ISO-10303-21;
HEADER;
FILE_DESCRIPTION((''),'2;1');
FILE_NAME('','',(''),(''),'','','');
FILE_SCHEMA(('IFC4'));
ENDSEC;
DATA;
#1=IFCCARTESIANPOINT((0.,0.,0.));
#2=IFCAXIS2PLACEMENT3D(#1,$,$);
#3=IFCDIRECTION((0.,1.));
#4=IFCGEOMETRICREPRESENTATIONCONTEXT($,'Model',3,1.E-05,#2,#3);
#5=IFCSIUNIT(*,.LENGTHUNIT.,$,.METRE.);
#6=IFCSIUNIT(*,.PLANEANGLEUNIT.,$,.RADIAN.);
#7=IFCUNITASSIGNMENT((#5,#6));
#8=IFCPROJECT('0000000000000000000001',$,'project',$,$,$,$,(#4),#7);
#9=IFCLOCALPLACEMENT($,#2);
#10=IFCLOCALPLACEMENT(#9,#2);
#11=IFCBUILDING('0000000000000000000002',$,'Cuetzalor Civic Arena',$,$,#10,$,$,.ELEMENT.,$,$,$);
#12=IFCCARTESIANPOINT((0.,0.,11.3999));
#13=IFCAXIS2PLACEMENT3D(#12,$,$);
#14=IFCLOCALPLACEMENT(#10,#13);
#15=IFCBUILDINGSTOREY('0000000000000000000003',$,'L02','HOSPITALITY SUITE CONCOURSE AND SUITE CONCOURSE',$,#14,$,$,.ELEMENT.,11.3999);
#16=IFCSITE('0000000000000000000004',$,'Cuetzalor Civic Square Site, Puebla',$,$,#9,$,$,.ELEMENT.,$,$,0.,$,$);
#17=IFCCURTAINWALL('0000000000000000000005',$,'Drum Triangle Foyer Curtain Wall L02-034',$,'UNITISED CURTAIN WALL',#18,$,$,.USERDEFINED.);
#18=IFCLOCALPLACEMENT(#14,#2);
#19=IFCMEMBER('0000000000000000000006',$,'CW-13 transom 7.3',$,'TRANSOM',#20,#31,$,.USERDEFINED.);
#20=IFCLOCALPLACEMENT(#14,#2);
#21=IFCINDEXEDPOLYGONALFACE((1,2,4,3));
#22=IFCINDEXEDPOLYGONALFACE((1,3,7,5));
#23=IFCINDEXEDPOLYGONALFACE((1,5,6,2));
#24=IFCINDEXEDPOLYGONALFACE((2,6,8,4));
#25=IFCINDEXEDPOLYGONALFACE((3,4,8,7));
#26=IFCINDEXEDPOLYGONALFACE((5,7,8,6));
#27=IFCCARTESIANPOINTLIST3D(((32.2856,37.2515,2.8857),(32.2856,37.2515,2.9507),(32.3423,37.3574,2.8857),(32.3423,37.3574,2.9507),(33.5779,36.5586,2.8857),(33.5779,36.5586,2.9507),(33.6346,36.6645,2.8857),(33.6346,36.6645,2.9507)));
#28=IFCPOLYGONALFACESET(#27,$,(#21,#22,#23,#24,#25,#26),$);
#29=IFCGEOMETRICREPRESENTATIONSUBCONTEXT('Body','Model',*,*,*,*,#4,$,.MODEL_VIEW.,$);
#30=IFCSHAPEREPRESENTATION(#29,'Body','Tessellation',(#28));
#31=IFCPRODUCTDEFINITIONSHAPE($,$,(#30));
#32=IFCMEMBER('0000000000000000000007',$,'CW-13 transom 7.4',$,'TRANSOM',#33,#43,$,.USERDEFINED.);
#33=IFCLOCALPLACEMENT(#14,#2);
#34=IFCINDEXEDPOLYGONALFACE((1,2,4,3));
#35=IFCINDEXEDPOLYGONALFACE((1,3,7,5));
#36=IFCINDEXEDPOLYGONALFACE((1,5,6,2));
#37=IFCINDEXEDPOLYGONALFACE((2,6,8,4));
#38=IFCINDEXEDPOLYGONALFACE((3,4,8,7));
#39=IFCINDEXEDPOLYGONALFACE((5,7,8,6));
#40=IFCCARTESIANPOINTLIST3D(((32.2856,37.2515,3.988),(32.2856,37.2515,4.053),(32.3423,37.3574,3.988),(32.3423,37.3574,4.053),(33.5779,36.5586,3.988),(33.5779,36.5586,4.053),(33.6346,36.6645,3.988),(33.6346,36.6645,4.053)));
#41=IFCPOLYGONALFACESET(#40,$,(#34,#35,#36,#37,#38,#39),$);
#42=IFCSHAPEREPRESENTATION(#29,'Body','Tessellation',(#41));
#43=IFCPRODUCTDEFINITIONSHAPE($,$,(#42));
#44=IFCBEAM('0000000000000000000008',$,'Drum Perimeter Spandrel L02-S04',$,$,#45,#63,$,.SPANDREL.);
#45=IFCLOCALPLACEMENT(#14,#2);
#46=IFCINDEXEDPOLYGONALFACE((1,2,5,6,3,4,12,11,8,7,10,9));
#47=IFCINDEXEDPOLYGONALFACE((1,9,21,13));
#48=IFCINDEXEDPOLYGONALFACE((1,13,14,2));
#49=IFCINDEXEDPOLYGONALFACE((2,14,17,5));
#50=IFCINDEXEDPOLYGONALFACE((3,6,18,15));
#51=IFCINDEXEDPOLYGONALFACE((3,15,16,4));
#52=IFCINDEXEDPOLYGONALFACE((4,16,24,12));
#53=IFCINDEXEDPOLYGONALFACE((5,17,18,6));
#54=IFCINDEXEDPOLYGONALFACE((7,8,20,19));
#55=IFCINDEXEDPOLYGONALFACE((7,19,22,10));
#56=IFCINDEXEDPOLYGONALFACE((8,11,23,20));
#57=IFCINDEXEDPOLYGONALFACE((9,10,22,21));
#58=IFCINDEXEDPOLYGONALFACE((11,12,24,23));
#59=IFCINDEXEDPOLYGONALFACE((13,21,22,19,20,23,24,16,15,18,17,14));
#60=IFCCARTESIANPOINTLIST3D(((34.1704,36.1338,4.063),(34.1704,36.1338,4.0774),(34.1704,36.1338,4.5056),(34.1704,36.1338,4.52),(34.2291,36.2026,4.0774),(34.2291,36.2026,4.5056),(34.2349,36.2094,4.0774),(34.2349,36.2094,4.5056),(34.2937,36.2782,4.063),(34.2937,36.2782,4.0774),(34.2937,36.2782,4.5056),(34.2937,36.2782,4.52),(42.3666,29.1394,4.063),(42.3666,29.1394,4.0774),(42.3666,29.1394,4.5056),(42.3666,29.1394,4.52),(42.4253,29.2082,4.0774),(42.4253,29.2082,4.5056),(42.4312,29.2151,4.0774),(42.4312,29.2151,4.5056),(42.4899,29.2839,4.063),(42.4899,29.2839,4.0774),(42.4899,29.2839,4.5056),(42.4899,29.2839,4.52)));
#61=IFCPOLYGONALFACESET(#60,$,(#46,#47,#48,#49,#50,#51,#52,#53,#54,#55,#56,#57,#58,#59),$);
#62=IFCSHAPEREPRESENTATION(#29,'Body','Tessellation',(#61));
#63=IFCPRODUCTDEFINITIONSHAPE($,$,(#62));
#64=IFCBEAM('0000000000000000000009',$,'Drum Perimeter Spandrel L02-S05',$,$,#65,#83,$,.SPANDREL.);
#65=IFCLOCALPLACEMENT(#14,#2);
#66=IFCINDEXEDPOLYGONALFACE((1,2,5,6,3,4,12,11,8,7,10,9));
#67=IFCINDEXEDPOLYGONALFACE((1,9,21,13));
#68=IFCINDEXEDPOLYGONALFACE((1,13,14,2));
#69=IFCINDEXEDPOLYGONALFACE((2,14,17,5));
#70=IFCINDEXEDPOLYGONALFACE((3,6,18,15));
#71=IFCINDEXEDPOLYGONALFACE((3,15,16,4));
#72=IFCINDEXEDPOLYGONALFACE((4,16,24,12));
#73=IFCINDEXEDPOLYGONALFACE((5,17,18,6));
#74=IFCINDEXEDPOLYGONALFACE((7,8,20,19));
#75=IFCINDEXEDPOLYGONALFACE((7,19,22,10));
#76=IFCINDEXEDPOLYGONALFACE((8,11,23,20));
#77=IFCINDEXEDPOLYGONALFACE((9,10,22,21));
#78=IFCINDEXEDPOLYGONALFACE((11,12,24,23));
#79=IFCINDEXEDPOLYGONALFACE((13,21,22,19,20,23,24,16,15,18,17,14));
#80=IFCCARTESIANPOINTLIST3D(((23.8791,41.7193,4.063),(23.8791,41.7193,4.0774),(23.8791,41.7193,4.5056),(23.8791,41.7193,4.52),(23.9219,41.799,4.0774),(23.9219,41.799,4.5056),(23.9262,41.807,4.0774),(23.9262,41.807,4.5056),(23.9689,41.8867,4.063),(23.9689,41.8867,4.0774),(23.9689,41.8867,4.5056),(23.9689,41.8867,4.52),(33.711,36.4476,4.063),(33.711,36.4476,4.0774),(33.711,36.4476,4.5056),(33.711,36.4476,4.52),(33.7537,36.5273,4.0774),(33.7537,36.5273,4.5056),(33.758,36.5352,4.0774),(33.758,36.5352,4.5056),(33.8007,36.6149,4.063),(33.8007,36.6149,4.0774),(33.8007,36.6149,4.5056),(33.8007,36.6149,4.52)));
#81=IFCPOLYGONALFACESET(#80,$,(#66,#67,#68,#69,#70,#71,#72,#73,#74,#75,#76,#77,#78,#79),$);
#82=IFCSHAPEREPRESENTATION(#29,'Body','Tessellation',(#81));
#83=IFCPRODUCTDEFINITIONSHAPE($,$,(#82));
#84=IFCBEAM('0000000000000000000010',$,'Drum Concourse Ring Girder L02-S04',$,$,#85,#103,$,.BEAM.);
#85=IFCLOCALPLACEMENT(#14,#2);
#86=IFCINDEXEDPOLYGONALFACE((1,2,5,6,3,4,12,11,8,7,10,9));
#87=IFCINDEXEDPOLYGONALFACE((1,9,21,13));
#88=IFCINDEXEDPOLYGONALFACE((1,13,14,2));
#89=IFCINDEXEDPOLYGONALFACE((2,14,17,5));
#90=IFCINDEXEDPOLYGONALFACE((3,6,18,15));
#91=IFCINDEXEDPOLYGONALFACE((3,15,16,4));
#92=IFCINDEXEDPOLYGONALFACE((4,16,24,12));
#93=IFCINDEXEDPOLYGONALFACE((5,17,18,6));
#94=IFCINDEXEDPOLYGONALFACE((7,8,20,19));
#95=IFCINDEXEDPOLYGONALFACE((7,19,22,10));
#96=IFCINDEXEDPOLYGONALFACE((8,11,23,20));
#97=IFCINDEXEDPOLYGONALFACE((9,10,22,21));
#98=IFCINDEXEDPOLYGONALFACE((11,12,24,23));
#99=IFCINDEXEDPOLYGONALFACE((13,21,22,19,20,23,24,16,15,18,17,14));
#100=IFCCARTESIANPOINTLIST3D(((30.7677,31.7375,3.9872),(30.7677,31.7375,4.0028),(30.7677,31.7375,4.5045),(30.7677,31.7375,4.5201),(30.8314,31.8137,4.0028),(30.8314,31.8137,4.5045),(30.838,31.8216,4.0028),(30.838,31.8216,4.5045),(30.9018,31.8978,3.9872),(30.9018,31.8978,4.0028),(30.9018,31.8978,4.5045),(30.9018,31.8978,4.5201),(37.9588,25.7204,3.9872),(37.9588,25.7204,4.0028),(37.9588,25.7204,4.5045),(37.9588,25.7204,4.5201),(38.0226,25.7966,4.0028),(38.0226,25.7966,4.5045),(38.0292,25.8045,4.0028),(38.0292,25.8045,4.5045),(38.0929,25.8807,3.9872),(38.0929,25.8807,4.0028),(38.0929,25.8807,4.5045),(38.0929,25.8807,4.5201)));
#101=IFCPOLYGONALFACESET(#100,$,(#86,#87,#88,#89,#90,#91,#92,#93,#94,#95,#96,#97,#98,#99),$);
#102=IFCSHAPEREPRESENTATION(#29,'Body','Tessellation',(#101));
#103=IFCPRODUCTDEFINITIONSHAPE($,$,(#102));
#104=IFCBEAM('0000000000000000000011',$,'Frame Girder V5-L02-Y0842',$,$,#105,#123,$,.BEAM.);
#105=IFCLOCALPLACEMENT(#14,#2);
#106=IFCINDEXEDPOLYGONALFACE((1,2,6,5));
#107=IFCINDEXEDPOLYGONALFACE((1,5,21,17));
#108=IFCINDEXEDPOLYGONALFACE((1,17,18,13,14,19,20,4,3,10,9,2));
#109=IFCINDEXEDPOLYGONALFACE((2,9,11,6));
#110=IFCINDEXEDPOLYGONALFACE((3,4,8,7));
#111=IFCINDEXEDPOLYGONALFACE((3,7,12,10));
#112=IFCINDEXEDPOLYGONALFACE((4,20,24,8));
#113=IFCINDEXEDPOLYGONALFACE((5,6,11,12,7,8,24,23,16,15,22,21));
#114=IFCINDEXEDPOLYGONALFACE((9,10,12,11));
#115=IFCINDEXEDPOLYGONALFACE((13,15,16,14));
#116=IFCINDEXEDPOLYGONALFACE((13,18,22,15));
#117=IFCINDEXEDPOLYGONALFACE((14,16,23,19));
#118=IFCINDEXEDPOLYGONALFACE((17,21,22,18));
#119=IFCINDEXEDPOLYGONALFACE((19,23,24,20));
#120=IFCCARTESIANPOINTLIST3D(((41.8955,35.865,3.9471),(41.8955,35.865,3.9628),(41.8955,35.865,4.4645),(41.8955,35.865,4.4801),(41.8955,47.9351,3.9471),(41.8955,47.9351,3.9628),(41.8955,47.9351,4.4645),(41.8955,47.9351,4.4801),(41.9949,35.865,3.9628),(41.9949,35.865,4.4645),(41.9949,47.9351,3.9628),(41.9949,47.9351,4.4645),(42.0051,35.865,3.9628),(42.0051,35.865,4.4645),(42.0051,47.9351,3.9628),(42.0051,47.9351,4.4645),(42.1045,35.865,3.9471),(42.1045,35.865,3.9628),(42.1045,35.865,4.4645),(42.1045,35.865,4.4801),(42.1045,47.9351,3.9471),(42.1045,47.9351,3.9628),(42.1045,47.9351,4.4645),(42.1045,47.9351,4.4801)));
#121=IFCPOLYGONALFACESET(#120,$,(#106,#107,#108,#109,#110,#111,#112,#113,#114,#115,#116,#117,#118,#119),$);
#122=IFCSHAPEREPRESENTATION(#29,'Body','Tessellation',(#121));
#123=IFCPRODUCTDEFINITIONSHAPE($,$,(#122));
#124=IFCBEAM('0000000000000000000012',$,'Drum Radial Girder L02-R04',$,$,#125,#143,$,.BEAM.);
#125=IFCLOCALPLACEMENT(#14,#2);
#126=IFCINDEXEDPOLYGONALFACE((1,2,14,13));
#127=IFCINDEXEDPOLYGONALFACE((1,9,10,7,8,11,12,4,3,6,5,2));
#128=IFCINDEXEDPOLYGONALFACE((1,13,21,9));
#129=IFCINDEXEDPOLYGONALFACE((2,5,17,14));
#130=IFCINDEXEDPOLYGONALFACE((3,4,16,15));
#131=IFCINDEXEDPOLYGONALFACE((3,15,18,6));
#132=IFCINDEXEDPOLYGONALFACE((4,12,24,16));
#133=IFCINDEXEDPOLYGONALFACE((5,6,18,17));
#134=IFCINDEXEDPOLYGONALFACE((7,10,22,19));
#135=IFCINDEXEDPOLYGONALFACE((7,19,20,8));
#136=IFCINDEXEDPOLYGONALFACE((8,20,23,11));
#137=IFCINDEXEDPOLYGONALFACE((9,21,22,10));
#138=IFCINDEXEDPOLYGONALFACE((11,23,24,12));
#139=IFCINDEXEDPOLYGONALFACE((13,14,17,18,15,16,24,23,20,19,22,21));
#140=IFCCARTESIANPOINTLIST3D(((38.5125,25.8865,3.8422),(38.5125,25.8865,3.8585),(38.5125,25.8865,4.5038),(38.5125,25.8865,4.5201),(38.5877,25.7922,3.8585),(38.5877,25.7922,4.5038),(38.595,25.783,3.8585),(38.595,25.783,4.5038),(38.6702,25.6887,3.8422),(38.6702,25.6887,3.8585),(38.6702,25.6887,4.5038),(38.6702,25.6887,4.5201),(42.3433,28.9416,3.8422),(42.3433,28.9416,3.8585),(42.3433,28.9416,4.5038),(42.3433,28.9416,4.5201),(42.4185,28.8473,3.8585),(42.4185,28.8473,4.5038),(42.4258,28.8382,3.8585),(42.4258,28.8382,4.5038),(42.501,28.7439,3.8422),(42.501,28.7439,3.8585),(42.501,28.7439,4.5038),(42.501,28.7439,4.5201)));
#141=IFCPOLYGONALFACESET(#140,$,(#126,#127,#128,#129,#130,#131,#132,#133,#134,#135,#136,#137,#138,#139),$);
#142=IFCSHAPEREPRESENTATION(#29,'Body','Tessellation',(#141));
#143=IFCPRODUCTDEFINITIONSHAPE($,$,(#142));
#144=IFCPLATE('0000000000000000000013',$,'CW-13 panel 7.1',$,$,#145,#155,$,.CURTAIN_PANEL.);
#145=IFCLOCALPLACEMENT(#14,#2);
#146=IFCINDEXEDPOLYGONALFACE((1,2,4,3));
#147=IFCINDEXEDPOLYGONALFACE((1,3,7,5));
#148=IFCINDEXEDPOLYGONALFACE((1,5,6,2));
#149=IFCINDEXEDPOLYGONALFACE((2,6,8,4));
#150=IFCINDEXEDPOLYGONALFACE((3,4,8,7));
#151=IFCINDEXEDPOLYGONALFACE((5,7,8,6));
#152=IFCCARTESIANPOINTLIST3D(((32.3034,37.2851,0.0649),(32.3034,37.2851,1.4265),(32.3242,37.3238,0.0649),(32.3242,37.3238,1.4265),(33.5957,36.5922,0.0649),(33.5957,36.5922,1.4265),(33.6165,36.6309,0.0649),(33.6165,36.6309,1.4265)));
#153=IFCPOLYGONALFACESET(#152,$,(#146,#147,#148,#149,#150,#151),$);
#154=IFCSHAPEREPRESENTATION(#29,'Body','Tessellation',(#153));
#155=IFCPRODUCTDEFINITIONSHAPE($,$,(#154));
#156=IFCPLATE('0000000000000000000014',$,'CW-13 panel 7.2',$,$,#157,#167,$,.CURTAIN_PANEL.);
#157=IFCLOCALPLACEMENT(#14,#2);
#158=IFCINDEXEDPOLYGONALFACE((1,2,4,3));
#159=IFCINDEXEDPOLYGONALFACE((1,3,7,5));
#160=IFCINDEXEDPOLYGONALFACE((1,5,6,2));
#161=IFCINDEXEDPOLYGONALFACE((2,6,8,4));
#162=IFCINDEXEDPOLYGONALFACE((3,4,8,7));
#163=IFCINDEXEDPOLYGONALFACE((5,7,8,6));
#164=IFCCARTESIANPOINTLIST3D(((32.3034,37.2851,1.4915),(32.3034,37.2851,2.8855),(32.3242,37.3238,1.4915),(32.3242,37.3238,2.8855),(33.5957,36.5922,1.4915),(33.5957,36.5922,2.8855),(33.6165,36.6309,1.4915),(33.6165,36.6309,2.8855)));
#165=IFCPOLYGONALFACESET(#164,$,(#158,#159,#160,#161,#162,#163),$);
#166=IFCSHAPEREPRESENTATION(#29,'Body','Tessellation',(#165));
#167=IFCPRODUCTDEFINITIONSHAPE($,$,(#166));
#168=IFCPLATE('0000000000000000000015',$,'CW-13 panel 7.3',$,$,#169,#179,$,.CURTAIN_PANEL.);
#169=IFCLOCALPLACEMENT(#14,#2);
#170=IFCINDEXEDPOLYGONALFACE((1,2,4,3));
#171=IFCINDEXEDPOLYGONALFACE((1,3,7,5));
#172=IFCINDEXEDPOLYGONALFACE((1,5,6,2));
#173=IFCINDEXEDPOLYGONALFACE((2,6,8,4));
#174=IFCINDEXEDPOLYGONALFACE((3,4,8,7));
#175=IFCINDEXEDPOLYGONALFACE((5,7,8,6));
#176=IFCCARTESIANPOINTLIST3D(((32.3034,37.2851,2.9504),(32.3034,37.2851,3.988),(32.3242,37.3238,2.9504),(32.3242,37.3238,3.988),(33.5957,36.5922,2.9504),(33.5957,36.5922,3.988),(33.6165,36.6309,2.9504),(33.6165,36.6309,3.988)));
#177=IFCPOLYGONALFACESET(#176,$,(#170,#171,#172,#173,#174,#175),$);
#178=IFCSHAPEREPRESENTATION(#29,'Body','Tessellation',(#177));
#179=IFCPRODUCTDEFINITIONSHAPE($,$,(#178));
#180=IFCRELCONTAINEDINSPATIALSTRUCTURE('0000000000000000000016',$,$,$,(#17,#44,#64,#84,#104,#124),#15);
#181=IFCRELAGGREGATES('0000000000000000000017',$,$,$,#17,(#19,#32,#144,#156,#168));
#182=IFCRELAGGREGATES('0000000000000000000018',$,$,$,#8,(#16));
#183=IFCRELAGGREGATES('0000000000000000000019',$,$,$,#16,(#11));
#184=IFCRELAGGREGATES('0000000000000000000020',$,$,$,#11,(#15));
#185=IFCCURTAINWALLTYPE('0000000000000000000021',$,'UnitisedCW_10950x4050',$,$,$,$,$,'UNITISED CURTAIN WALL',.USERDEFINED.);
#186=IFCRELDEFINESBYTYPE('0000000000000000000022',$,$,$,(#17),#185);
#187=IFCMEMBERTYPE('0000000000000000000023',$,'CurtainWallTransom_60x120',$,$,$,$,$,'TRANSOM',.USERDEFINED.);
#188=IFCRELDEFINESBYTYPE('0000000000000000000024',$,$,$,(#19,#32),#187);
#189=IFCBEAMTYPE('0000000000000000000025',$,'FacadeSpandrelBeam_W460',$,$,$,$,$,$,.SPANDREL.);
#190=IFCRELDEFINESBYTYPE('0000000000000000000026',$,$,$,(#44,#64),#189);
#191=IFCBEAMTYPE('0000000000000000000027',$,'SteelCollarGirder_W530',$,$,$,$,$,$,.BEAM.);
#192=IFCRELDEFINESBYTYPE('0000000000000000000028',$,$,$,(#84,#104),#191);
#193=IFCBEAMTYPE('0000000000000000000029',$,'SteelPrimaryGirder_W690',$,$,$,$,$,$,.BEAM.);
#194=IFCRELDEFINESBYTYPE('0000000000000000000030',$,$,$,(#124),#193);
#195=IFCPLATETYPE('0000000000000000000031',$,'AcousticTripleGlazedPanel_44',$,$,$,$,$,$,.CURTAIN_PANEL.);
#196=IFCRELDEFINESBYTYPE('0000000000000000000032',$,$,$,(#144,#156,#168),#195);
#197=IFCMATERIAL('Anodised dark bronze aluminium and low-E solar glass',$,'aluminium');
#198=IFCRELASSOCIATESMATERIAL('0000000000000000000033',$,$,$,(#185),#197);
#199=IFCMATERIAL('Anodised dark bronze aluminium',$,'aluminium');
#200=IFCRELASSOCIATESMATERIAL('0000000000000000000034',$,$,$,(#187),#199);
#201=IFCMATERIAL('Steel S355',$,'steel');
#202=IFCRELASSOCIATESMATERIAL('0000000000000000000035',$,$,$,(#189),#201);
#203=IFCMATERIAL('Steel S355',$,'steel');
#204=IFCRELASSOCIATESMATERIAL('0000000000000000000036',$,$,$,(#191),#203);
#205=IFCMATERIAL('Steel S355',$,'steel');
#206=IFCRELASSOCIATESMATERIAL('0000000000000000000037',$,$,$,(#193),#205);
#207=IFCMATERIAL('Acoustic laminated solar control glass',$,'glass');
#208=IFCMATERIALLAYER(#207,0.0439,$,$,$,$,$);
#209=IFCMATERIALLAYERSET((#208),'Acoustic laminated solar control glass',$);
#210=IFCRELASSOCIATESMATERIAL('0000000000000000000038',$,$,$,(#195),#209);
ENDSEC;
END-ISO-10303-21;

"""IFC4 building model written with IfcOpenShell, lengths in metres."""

from ifc_helpers import new_model, si_unit, direction, frame, origin, origin_2d, place, context, subcontext, project, spatial, rectangle, i_section, extrude, material, layer, layer_set, material_profile, profile_set, type_object, element, aggregate, save


model = new_model("IFC4")

# Units and contexts
model_context = context("Model", 3, precision=1e-05, world=origin(), true_north=direction((0.0, 1.0)))
body_context = subcontext(model_context, "Body", "Model", "MODEL_VIEW")
ifc_project = project(units=[si_unit("LENGTHUNIT", "METRE"), si_unit("PLANEANGLEUNIT", "RADIAN")], contexts=[model_context])

# Site, building, storey
site_placement = place(None, origin())
site = spatial("IfcSite", under=ifc_project, at=site_placement, Name="Cuetzalor Civic Square Site, Puebla", CompositionType="ELEMENT", RefElevation=0.0)
building_placement = place(site_placement, origin())
building = spatial("IfcBuilding", under=site, at=building_placement, Name="Cuetzalor Civic Arena", CompositionType="ELEMENT")
storey_placement = place(building_placement, frame((0.0, 0.0, 11.3999)))
storey = spatial("IfcBuildingStorey", under=building, at=storey_placement, Name="L02", Description="HOSPITALITY SUITE CONCOURSE AND SUITE CONCOURSE", CompositionType="ELEMENT", Elevation=11.3999)

# Curtain wall, members
ifc_material_1 = material(Name="Anodised dark bronze aluminium and low-E solar glass", Category="aluminium")
curtain_wall_type = type_object("IfcCurtainWallType", Name="UnitisedCW_10950x4050", ElementType="UNITISED CURTAIN WALL", PredefinedType="USERDEFINED", material=ifc_material_1)
curtain_wall_placement = place(storey_placement, origin())
curtain_wall = element("IfcCurtainWall", 1, at=curtain_wall_placement, inside=storey, type_object=curtain_wall_type, Name="Drum Triangle Foyer Curtain Wall L02-034", ObjectType="UNITISED CURTAIN WALL", PredefinedType="USERDEFINED")
ifc_material_2 = material(Name="Anodised dark bronze aluminium", Category="aluminium")
ifc_material_profile_1 = material_profile(ifc_material_2, rectangle(XDim=0.1201, YDim=0.0649, at=origin_2d()), Name="ALU TRANSOM 65x120")
ifc_profile_set_1 = profile_set([ifc_material_profile_1], Name="Anodised dark bronze aluminium")
member_type_1 = type_object("IfcMemberType", Name="CurtainWallTransom_60x120", ElementType="TRANSOM", PredefinedType="USERDEFINED", material=ifc_profile_set_1)
member_1_placement = place(storey_placement, frame((32.314, 37.3044, 2.9182), z_axis=(0.881309, -0.47254, 0.0), x_axis=(0.47254, 0.881309, 0.0)))
member_1 = element("IfcMember", 2, at=member_1_placement, type_object=member_type_1, Name="CW-13 transom 7.3", ObjectType="TRANSOM", PredefinedType="USERDEFINED", context=body_context, shape_type="SweptSolid", body=[
    extrude(rectangle(XDim=0.1201, YDim=0.0649, at=origin_2d()), origin(), (0.0, 0.0, 1.0), 1.4663),
])
member_2_placement = place(storey_placement, frame((32.314, 37.3044, 4.0205), z_axis=(0.881309, -0.47254, 0.0), x_axis=(0.47254, 0.881309, 0.0)))
member_2 = element("IfcMember", 3, at=member_2_placement, type_object=member_type_1, Name="CW-13 transom 7.4", ObjectType="TRANSOM", PredefinedType="USERDEFINED", context=body_context, shape_type="SweptSolid", body=[
    extrude(rectangle(XDim=0.1201, YDim=0.0649, at=origin_2d()), origin(), (0.0, 0.0, 1.0), 1.4663),
])

# Beams
ifc_material_3 = material(Name="Steel S355", Category="steel")
ifc_material_profile_2 = material_profile(ifc_material_3, i_section(OverallWidth=0.1899, OverallDepth=0.457, WebThickness=0.009, FlangeThickness=0.0144, at=origin_2d()), Name="W460x74")
ifc_profile_set_2 = profile_set([ifc_material_profile_2], Name="Steel S355")
beam_type_1 = type_object("IfcBeamType", Name="FacadeSpandrelBeam_W460", PredefinedType="SPANDREL", material=ifc_profile_set_2)
beam_1_placement = place(storey_placement, frame((42.4282, 29.2117, 4.2915), z_axis=(-0.760677, 0.649131, 0.0), x_axis=(-0.649131, -0.760677, 0.0)))
element("IfcBeam", 4, at=beam_1_placement, inside=storey, type_object=beam_type_1, Name="Drum Perimeter Spandrel L02-S04", PredefinedType="SPANDREL", context=body_context, shape_type="SweptSolid", body=[
    extrude(i_section(OverallWidth=0.1899, OverallDepth=0.457, WebThickness=0.009, FlangeThickness=0.0144, at=origin_2d()), origin(), (0.0, 0.0, 1.0), 10.7749),
])
beam_2_placement = place(storey_placement, frame((33.7559, 36.5312, 4.2915), z_axis=(-0.881305, 0.472549, 0.0), x_axis=(-0.472549, -0.881305, 0.0)))
element("IfcBeam", 5, at=beam_2_placement, inside=storey, type_object=beam_type_1, Name="Drum Perimeter Spandrel L02-S05", PredefinedType="SPANDREL", context=body_context, shape_type="SweptSolid", body=[
    extrude(i_section(OverallWidth=0.1899, OverallDepth=0.457, WebThickness=0.009, FlangeThickness=0.0144, at=origin_2d()), origin(), (0.0, 0.0, 1.0), 11.156),
])
ifc_material_4 = material(Name="Steel S355", Category="steel")
ifc_material_profile_3 = material_profile(ifc_material_4, i_section(OverallWidth=0.209, OverallDepth=0.533, WebThickness=0.0103, FlangeThickness=0.0156, at=origin_2d()), Name="W530x92")
ifc_profile_set_3 = profile_set([ifc_material_profile_3], Name="Steel S355")
beam_type_2 = type_object("IfcBeamType", Name="SteelCollarGirder_W530", PredefinedType="BEAM", material=ifc_profile_set_3)
beam_3_placement = place(storey_placement, frame((38.0259, 25.8005, 4.2537), z_axis=(-0.766937, 0.641722, 0.0), x_axis=(-0.641722, -0.766937, 0.0)))
element("IfcBeam", 6, at=beam_3_placement, inside=storey, type_object=beam_type_2, Name="Drum Concourse Ring Girder L02-S04", PredefinedType="BEAM", context=body_context, shape_type="SweptSolid", body=[
    extrude(i_section(OverallWidth=0.209, OverallDepth=0.533, WebThickness=0.0103, FlangeThickness=0.0156, at=origin_2d()), origin(), (0.0, 0.0, 1.0), 9.3765),
])
beam_4_placement = place(storey_placement, frame((42.0, 35.865, 4.2136), z_axis=(0.0, 1.0, 0.0), x_axis=(-1.0, 0.0, 0.0)))
element("IfcBeam", 7, at=beam_4_placement, inside=storey, type_object=beam_type_2, Name="Frame Girder V5-L02-Y0842", PredefinedType="BEAM", context=body_context, shape_type="SweptSolid", body=[
    extrude(i_section(OverallWidth=0.209, OverallDepth=0.533, WebThickness=0.0103, FlangeThickness=0.0156, at=origin_2d()), origin(), (0.0, 0.0, 1.0), 12.0701),
])
ifc_material_5 = material(Name="Steel S355", Category="steel")
ifc_material_profile_4 = material_profile(ifc_material_5, i_section(OverallWidth=0.2529, OverallDepth=0.678, WebThickness=0.0117, FlangeThickness=0.0164, at=origin_2d()), Name="W690x125")
ifc_profile_set_4 = profile_set([ifc_material_profile_4], Name="Steel S355")
beam_type_3 = type_object("IfcBeamType", Name="SteelPrimaryGirder_W690", PredefinedType="BEAM", material=ifc_profile_set_4)
beam_5_placement = place(storey_placement, frame((38.5913, 25.7876, 4.1812), z_axis=(0.781811, 0.623516, 0.0), x_axis=(-0.623516, 0.781811, 0.0)))
element("IfcBeam", 8, at=beam_5_placement, inside=storey, type_object=beam_type_3, Name="Drum Radial Girder L02-R04", PredefinedType="BEAM", context=body_context, shape_type="SweptSolid", body=[
    extrude(i_section(OverallWidth=0.2529, OverallDepth=0.678, WebThickness=0.0117, FlangeThickness=0.0164, at=origin_2d()), origin(), (0.0, 0.0, 1.0), 4.8999),
])

# Plates
ifc_material_6 = material(Name="Acoustic laminated solar control glass", Category="glass")
ifc_layer_1 = layer(ifc_material_6, 0.0439)
ifc_layer_set_1 = layer_set([ifc_layer_1], Name="Acoustic laminated solar control glass")
plate_type = type_object("IfcPlateType", Name="AcousticTripleGlazedPanel_44", PredefinedType="CURTAIN_PANEL", material=ifc_layer_set_1)
plate_1_placement = place(storey_placement, frame((32.96, 36.958, 0.0649), z_axis=(0.0, 0.0, 1.0), x_axis=(0.881306, -0.472545, 0.0)))
plate_1 = element("IfcPlate", 9, at=plate_1_placement, type_object=plate_type, Name="CW-13 panel 7.1", PredefinedType="CURTAIN_PANEL", context=body_context, shape_type="SweptSolid", body=[
    extrude(rectangle(XDim=1.4663, YDim=0.0439, at=origin_2d()), origin(), (0.0, 0.0, 1.0), 1.3616),
])
plate_2_placement = place(storey_placement, frame((32.96, 36.958, 1.4915), z_axis=(0.0, 0.0, 1.0), x_axis=(0.881306, -0.472545, 0.0)))
plate_2 = element("IfcPlate", 10, at=plate_2_placement, type_object=plate_type, Name="CW-13 panel 7.2", PredefinedType="CURTAIN_PANEL", context=body_context, shape_type="SweptSolid", body=[
    extrude(rectangle(XDim=1.4663, YDim=0.0439, at=origin_2d()), origin(), (0.0, 0.0, 1.0), 1.394),
])
plate_3_placement = place(storey_placement, frame((32.96, 36.958, 2.9504), z_axis=(0.0, 0.0, 1.0), x_axis=(0.881306, -0.472545, 0.0)))
plate_3 = element("IfcPlate", 11, at=plate_3_placement, type_object=plate_type, Name="CW-13 panel 7.3", PredefinedType="CURTAIN_PANEL", context=body_context, shape_type="SweptSolid", body=[
    extrude(rectangle(XDim=1.4663, YDim=0.0439, at=origin_2d()), origin(), (0.0, 0.0, 1.0), 1.0376),
])
aggregate(curtain_wall, [member_1, member_2, plate_1, plate_2, plate_3])

save(model, "model.ifc")
